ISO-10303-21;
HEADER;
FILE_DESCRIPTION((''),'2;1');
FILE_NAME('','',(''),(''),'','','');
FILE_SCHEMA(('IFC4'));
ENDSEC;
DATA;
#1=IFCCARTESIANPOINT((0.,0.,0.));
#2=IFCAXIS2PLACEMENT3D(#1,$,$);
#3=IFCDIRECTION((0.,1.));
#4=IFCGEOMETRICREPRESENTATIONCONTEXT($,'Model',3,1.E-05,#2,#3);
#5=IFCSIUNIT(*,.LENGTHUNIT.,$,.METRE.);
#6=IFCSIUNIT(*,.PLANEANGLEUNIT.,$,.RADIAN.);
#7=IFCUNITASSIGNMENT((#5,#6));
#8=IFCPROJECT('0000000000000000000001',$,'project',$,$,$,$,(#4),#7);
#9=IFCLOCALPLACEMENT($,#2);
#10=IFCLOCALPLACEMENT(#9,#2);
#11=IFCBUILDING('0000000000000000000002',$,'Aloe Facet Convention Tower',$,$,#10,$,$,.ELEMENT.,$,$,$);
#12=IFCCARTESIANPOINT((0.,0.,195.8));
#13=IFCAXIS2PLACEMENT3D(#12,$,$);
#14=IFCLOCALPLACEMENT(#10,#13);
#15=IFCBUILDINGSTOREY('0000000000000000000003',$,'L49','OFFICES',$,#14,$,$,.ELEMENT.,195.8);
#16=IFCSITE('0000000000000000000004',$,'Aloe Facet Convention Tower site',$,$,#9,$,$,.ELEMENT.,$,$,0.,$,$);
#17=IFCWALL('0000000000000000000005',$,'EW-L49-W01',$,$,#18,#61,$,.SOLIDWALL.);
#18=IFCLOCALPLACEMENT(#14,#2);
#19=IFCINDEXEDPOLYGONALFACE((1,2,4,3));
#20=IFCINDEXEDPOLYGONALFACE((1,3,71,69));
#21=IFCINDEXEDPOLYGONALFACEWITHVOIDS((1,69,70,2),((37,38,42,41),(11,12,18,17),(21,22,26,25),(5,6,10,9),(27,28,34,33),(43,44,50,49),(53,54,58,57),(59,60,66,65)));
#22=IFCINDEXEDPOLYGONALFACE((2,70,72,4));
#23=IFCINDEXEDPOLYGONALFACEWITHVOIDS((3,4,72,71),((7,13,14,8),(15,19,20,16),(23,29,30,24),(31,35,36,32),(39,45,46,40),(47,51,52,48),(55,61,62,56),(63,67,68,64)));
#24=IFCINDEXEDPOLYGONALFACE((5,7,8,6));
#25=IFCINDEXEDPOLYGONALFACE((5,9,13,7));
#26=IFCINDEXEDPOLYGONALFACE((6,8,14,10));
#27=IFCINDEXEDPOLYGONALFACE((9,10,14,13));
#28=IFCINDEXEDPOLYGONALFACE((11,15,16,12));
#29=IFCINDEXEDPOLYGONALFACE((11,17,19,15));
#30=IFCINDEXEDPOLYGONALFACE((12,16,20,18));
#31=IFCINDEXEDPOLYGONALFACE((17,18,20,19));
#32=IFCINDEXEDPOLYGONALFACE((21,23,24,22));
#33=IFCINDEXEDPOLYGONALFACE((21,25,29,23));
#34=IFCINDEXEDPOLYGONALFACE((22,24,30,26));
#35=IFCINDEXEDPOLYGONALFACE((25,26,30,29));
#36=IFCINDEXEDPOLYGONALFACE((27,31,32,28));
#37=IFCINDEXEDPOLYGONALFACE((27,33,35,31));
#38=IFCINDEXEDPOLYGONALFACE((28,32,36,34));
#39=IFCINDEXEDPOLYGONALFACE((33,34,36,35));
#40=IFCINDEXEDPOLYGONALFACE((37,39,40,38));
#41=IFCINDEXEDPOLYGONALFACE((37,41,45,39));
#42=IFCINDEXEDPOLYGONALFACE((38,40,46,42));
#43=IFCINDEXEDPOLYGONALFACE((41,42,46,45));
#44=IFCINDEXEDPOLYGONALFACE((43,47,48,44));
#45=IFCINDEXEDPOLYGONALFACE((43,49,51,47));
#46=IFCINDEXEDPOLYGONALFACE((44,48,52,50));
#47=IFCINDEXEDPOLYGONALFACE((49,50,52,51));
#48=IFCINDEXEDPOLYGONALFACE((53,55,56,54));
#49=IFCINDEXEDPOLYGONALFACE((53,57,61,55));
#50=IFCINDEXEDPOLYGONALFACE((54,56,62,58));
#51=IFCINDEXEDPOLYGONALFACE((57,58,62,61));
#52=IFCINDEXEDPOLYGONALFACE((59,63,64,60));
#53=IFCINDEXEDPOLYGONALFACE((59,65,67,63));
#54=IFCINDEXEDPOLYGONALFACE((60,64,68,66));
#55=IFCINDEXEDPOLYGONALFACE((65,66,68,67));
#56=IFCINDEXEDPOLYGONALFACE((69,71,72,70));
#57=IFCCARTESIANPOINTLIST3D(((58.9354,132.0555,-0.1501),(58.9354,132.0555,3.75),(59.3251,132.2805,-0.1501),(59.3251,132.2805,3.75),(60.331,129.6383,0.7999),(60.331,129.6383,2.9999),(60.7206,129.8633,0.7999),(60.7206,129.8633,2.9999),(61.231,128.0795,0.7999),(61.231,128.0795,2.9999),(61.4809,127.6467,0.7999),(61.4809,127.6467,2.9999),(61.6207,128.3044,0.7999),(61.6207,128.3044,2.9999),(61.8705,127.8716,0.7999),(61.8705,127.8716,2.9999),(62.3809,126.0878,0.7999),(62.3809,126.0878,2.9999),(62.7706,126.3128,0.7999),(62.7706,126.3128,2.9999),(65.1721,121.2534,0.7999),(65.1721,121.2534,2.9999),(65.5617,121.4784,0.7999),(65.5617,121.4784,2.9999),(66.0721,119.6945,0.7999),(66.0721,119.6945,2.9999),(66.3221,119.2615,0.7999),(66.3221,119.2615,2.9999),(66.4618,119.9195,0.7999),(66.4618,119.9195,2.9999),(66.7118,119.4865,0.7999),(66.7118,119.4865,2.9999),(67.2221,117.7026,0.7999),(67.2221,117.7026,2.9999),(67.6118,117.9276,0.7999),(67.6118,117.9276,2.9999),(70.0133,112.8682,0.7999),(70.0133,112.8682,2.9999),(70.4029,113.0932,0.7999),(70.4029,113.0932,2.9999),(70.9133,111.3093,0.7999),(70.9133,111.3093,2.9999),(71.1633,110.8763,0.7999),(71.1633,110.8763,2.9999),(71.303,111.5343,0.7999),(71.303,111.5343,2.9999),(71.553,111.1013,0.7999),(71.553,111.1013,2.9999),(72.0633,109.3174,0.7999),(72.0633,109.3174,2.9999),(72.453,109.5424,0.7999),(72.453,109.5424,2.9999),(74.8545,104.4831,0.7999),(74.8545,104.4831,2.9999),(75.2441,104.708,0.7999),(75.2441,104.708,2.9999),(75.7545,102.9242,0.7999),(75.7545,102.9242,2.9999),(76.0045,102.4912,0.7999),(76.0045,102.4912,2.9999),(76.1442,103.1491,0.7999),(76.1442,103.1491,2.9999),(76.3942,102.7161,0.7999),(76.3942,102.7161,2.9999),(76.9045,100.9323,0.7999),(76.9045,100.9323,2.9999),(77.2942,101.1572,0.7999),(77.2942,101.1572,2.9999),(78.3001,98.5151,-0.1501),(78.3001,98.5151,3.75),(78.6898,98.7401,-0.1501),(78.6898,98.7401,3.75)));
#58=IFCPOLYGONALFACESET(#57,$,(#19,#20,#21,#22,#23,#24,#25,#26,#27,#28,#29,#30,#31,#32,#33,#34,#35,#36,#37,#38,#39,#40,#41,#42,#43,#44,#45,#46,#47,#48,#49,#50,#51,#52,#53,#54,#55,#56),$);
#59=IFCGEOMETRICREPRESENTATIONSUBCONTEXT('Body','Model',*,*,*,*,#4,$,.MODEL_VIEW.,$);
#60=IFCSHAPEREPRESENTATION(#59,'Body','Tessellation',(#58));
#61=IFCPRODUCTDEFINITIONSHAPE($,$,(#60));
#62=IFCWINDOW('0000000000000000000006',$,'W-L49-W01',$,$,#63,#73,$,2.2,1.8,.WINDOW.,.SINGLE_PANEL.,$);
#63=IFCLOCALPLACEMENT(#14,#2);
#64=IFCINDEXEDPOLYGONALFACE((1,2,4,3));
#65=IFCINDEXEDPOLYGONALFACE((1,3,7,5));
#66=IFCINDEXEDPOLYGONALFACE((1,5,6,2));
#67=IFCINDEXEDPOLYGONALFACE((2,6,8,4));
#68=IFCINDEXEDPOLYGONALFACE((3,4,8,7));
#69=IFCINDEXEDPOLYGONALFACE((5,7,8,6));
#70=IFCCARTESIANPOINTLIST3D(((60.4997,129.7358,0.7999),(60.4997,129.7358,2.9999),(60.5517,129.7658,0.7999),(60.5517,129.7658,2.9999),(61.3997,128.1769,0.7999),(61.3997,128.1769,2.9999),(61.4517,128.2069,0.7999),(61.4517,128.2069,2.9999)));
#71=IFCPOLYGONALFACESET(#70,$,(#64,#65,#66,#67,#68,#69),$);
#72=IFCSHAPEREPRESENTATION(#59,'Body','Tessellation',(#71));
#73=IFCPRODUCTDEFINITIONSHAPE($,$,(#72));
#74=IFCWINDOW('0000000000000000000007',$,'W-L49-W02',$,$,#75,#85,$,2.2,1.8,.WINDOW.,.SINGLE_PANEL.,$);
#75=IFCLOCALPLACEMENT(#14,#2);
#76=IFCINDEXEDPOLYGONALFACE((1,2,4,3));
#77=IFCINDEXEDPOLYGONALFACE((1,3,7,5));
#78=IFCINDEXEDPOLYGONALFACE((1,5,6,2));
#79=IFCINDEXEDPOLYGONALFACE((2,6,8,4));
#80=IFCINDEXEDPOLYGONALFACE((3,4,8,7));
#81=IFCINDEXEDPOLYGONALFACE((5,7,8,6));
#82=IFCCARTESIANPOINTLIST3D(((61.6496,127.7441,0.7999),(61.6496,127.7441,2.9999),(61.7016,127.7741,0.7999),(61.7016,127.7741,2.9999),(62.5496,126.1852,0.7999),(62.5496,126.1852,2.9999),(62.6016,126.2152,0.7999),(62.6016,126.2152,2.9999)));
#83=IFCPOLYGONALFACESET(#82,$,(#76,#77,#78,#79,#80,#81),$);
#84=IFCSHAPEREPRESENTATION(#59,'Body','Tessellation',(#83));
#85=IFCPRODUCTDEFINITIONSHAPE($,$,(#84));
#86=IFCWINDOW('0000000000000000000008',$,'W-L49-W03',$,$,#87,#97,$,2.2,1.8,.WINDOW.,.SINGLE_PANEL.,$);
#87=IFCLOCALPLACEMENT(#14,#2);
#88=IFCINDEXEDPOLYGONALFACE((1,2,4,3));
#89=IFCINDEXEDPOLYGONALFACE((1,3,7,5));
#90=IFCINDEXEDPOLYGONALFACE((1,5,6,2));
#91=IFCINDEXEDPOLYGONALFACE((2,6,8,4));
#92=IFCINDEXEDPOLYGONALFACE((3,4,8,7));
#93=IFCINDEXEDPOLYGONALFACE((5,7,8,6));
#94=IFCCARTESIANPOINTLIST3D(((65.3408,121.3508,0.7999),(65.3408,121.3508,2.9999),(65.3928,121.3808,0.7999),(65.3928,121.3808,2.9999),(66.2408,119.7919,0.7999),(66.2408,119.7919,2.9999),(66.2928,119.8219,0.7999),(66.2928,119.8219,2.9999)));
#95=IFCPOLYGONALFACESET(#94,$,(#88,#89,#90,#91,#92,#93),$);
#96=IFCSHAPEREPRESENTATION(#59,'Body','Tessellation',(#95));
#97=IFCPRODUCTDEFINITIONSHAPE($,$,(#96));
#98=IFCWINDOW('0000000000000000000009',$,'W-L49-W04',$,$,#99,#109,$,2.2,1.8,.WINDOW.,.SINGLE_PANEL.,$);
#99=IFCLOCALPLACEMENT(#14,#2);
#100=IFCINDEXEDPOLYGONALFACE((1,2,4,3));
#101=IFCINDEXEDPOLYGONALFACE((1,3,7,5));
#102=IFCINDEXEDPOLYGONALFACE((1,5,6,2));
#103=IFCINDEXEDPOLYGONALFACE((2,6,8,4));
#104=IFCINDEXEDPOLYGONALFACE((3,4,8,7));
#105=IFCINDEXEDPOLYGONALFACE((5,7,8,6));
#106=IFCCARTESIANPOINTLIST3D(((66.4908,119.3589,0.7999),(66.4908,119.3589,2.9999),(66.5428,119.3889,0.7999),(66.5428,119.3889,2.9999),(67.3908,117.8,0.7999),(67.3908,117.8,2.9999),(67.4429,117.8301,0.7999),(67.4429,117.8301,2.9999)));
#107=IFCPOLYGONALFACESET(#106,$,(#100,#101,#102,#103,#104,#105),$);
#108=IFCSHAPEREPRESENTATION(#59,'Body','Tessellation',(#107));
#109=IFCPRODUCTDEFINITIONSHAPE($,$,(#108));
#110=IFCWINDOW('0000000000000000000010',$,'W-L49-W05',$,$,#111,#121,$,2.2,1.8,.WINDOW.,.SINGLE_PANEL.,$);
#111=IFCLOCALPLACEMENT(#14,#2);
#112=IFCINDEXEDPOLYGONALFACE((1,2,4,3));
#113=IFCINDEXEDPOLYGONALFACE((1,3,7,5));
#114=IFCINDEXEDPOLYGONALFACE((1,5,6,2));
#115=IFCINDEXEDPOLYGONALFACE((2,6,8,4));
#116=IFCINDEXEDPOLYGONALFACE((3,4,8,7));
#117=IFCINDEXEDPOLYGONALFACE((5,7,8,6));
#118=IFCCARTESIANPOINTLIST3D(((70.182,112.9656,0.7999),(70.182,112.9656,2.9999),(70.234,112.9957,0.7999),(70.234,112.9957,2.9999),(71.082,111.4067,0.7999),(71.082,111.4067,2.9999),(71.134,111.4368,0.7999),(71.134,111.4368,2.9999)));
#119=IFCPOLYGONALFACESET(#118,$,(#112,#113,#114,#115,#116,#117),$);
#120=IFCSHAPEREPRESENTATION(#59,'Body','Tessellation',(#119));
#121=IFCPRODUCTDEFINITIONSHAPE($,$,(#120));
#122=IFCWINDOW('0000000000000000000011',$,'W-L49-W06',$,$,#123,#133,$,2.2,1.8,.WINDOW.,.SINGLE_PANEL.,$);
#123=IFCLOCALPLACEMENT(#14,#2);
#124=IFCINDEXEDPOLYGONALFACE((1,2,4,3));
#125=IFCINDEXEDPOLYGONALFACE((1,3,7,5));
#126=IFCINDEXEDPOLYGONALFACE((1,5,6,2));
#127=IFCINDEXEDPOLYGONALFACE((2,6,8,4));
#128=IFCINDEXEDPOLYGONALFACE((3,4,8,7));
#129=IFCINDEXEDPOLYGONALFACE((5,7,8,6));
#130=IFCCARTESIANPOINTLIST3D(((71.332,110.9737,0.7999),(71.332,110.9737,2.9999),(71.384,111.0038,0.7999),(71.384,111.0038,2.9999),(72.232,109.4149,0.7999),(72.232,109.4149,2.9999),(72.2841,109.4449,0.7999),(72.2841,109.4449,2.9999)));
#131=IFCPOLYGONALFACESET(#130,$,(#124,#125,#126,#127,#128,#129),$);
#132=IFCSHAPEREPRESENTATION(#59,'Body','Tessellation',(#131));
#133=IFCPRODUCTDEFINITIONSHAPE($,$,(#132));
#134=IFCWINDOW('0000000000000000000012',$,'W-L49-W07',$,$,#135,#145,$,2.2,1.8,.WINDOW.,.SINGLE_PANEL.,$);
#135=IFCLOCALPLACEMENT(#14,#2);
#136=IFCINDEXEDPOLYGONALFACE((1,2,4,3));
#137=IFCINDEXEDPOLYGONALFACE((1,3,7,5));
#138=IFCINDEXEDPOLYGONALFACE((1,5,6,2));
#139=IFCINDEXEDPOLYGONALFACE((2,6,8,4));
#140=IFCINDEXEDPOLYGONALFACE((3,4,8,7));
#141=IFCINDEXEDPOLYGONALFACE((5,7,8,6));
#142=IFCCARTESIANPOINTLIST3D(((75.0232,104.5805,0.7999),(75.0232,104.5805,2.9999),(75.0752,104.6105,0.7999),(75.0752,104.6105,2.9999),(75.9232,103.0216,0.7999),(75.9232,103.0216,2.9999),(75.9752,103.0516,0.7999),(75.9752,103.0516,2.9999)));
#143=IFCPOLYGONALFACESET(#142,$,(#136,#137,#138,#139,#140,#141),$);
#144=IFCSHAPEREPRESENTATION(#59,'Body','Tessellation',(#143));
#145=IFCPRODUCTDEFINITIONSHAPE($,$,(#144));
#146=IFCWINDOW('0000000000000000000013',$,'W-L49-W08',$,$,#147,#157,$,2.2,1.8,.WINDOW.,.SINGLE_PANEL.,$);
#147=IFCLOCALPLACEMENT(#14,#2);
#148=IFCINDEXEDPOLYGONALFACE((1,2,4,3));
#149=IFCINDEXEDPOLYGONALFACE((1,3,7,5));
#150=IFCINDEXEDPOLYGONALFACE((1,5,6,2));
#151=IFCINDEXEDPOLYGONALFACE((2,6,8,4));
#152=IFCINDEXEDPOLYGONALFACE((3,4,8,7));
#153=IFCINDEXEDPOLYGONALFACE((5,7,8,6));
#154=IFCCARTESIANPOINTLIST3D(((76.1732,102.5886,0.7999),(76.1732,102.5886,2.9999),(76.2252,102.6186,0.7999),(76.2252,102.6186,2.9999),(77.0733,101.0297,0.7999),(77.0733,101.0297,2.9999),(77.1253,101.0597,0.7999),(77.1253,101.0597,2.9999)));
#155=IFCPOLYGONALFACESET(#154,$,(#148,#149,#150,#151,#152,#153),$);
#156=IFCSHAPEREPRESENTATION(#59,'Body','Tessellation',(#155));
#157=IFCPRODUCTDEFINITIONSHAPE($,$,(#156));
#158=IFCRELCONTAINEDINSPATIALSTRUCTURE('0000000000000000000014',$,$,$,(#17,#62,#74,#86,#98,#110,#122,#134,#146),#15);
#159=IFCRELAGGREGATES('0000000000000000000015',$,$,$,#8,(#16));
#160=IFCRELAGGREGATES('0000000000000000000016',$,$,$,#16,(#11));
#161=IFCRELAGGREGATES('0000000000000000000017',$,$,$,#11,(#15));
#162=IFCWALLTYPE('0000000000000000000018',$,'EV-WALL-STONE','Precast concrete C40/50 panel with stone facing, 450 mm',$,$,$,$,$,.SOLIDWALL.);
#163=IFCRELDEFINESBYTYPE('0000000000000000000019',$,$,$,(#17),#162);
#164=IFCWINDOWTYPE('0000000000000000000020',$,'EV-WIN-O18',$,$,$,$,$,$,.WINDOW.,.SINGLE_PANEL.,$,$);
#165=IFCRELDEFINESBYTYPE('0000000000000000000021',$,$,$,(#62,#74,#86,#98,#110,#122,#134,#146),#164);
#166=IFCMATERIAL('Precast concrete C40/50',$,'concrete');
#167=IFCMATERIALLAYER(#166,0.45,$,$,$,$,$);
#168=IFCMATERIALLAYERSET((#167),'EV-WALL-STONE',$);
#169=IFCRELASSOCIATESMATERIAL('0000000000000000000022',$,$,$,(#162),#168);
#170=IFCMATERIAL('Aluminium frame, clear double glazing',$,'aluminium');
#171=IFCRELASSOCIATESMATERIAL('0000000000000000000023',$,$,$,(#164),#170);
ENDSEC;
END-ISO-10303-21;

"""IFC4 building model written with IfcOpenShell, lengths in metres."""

from ifc_helpers import new_model, si_unit, direction, frame, frame_2d, origin, place, context, subcontext, project, spatial, polyline, rectangle, outline, extrude, material, layer, layer_set, type_object, element, fill, save


model = new_model("IFC4")

# Units and contexts
model_context = context("Model", 3, precision=1e-05, world=origin(), true_north=direction((0.0, 1.0)))
body_context = subcontext(model_context, "Body", "Model", "MODEL_VIEW")
ifc_project = project(units=[si_unit("LENGTHUNIT", "METRE"), si_unit("PLANEANGLEUNIT", "RADIAN")], contexts=[model_context])

# Site, building, storey
site_placement = place(None, origin())
site = spatial("IfcSite", under=ifc_project, at=site_placement, Name="Aloe Facet Convention Tower site", CompositionType="ELEMENT", RefElevation=0.0)
building_placement = place(site_placement, origin())
building = spatial("IfcBuilding", under=site, at=building_placement, Name="Aloe Facet Convention Tower", CompositionType="ELEMENT")
storey_placement = place(building_placement, frame((0.0, 0.0, 195.8)))
storey = spatial("IfcBuildingStorey", under=building, at=storey_placement, Name="L49", Description="OFFICES", CompositionType="ELEMENT", Elevation=195.8)

# Shared definitions
ifc_material_1 = material(Name="Precast concrete C40/50", Category="concrete")
ifc_layer_1 = layer(ifc_material_1, 0.45)
ifc_layer_set_1 = layer_set([ifc_layer_1], Name="EV-WALL-STONE")
wall_type = type_object("IfcWallType", Name="EV-WALL-STONE", Description="Precast concrete C40/50 panel with stone facing, 450 mm", PredefinedType="SOLIDWALL", material=ifc_layer_set_1)

# Wall, openings, windows
wall_1_placement = place(storey_placement, frame((59.1301, 132.168, -0.1501), z_axis=(0.0, 0.0, 1.0), x_axis=(0.500002, -0.866024, 0.0)))
wall_1 = element("IfcWall", 1, at=wall_1_placement, inside=storey, type_object=wall_type, Name="EW-L49-W01", PredefinedType="SOLIDWALL", context=body_context, shape_type="SweptSolid", body=[
    extrude(outline(polyline([(38.7292, 0.0), (38.7292, 3.9001), (0.0, 3.9001), (0.0, 0.0), (38.7292, 0.0)])), frame((0.0, 0.2251, 0.0), z_axis=(0.0, -1.0, 0.0), x_axis=(1.0, 0.0, 0.0)), (0.0, 0.0, 1.0), 0.45),
])
opening_1_placement = place(wall_1_placement, frame((2.7913, 0.0, 0.95)))
opening_1 = element("IfcOpeningElement", 2, at=opening_1_placement, cuts=wall_1, PredefinedType="OPENING", context=body_context, shape_type="SweptSolid", body=[
    extrude(rectangle(XDim=1.8, YDim=2.2, at=frame_2d((0.8999, 1.1001))), frame((0.0, 0.2349, 0.0), z_axis=(0.0, -1.0, 0.0), x_axis=(1.0, 0.0, 0.0)), (0.0, 0.0, 1.0), 0.47),
])
opening_2_placement = place(wall_1_placement, frame((5.0911, 0.0, 0.95)))
opening_2 = element("IfcOpeningElement", 3, at=opening_2_placement, cuts=wall_1, PredefinedType="OPENING", context=body_context, shape_type="SweptSolid", body=[
    extrude(rectangle(XDim=1.8, YDim=2.2, at=frame_2d((0.8999, 1.1001))), frame((0.0, 0.2349, 0.0), z_axis=(0.0, -1.0, 0.0), x_axis=(1.0, 0.0, 0.0)), (0.0, 0.0, 1.0), 0.47),
])
opening_3_placement = place(wall_1_placement, frame((12.4734, 0.0, 0.95)))
opening_3 = element("IfcOpeningElement", 4, at=opening_3_placement, cuts=wall_1, PredefinedType="OPENING", context=body_context, shape_type="SweptSolid", body=[
    extrude(rectangle(XDim=1.8, YDim=2.2, at=frame_2d((0.8999, 1.1001))), frame((0.0, 0.2349, 0.0), z_axis=(0.0, -1.0, 0.0), x_axis=(1.0, 0.0, 0.0)), (0.0, 0.0, 1.0), 0.47),
])
opening_4_placement = place(wall_1_placement, frame((14.7734, 0.0, 0.95)))
opening_4 = element("IfcOpeningElement", 5, at=opening_4_placement, cuts=wall_1, PredefinedType="OPENING", context=body_context, shape_type="SweptSolid", body=[
    extrude(rectangle(XDim=1.8, YDim=2.2, at=frame_2d((0.8999, 1.1001))), frame((0.0, 0.2349, 0.0), z_axis=(0.0, -1.0, 0.0), x_axis=(1.0, 0.0, 0.0)), (0.0, 0.0, 1.0), 0.47),
])
opening_5_placement = place(wall_1_placement, frame((22.1558, 0.0, 0.95)))
opening_5 = element("IfcOpeningElement", 6, at=opening_5_placement, cuts=wall_1, PredefinedType="OPENING", context=body_context, shape_type="SweptSolid", body=[
    extrude(rectangle(XDim=1.8, YDim=2.2, at=frame_2d((0.8999, 1.1001))), frame((0.0, 0.2349, 0.0), z_axis=(0.0, -1.0, 0.0), x_axis=(1.0, 0.0, 0.0)), (0.0, 0.0, 1.0), 0.47),
])
opening_6_placement = place(wall_1_placement, frame((24.4558, 0.0, 0.95)))
opening_6 = element("IfcOpeningElement", 7, at=opening_6_placement, cuts=wall_1, PredefinedType="OPENING", context=body_context, shape_type="SweptSolid", body=[
    extrude(rectangle(XDim=1.8, YDim=2.2, at=frame_2d((0.8999, 1.1001))), frame((0.0, 0.2349, 0.0), z_axis=(0.0, -1.0, 0.0), x_axis=(1.0, 0.0, 0.0)), (0.0, 0.0, 1.0), 0.47),
])
opening_7_placement = place(wall_1_placement, frame((31.8381, 0.0, 0.95)))
opening_7 = element("IfcOpeningElement", 8, at=opening_7_placement, cuts=wall_1, PredefinedType="OPENING", context=body_context, shape_type="SweptSolid", body=[
    extrude(rectangle(XDim=1.8, YDim=2.2, at=frame_2d((0.8999, 1.1001))), frame((0.0, 0.2349, 0.0), z_axis=(0.0, -1.0, 0.0), x_axis=(1.0, 0.0, 0.0)), (0.0, 0.0, 1.0), 0.47),
])
opening_8_placement = place(wall_1_placement, frame((34.1382, 0.0, 0.95)))
opening_8 = element("IfcOpeningElement", 9, at=opening_8_placement, cuts=wall_1, PredefinedType="OPENING", context=body_context, shape_type="SweptSolid", body=[
    extrude(rectangle(XDim=1.8, YDim=2.2, at=frame_2d((0.8999, 1.1001))), frame((0.0, 0.2349, 0.0), z_axis=(0.0, -1.0, 0.0), x_axis=(1.0, 0.0, 0.0)), (0.0, 0.0, 1.0), 0.47),
])
ifc_material_2 = material(Name="Aluminium frame, clear double glazing", Category="aluminium")
window_type = type_object("IfcWindowType", Name="EV-WIN-O18", PartitioningType="SINGLE_PANEL", PredefinedType="WINDOW", material=ifc_material_2)
window_1_placement = place(opening_1_placement, origin())
window_1 = element("IfcWindow", 10, at=window_1_placement, inside=storey, type_object=window_type, Name="W-L49-W01", OverallHeight=2.2, OverallWidth=1.8, PartitioningType="SINGLE_PANEL", PredefinedType="WINDOW", context=body_context, shape_type="SweptSolid", body=[
    extrude(rectangle(XDim=1.8, YDim=2.2, at=frame_2d((0.8999, 1.1001))), frame((0.0, 0.03, 0.0), z_axis=(0.0, -1.0, 0.0), x_axis=(1.0, 0.0, 0.0)), (0.0, 0.0, 1.0), 0.0601),
])
fill(opening_1, window_1)
window_2_placement = place(opening_2_placement, origin())
window_2 = element("IfcWindow", 11, at=window_2_placement, inside=storey, type_object=window_type, Name="W-L49-W02", OverallHeight=2.2, OverallWidth=1.8, PartitioningType="SINGLE_PANEL", PredefinedType="WINDOW", context=body_context, shape_type="SweptSolid", body=[
    extrude(rectangle(XDim=1.8, YDim=2.2, at=frame_2d((0.8999, 1.1001))), frame((0.0, 0.03, 0.0), z_axis=(0.0, -1.0, 0.0), x_axis=(1.0, 0.0, 0.0)), (0.0, 0.0, 1.0), 0.0601),
])
fill(opening_2, window_2)
window_3_placement = place(opening_3_placement, origin())
window_3 = element("IfcWindow", 12, at=window_3_placement, inside=storey, type_object=window_type, Name="W-L49-W03", OverallHeight=2.2, OverallWidth=1.8, PartitioningType="SINGLE_PANEL", PredefinedType="WINDOW", context=body_context, shape_type="SweptSolid", body=[
    extrude(rectangle(XDim=1.8, YDim=2.2, at=frame_2d((0.8999, 1.1001))), frame((0.0, 0.03, 0.0), z_axis=(0.0, -1.0, 0.0), x_axis=(1.0, 0.0, 0.0)), (0.0, 0.0, 1.0), 0.0601),
])
fill(opening_3, window_3)
window_4_placement = place(opening_4_placement, origin())
window_4 = element("IfcWindow", 13, at=window_4_placement, inside=storey, type_object=window_type, Name="W-L49-W04", OverallHeight=2.2, OverallWidth=1.8, PartitioningType="SINGLE_PANEL", PredefinedType="WINDOW", context=body_context, shape_type="SweptSolid", body=[
    extrude(rectangle(XDim=1.8, YDim=2.2, at=frame_2d((0.8999, 1.1001))), frame((0.0, 0.03, 0.0), z_axis=(0.0, -1.0, 0.0), x_axis=(1.0, 0.0, 0.0)), (0.0, 0.0, 1.0), 0.0601),
])
fill(opening_4, window_4)
window_5_placement = place(opening_5_placement, origin())
window_5 = element("IfcWindow", 14, at=window_5_placement, inside=storey, type_object=window_type, Name="W-L49-W05", OverallHeight=2.2, OverallWidth=1.8, PartitioningType="SINGLE_PANEL", PredefinedType="WINDOW", context=body_context, shape_type="SweptSolid", body=[
    extrude(rectangle(XDim=1.8, YDim=2.2, at=frame_2d((0.8999, 1.1001))), frame((0.0, 0.03, 0.0), z_axis=(0.0, -1.0, 0.0), x_axis=(1.0, 0.0, 0.0)), (0.0, 0.0, 1.0), 0.0601),
])
fill(opening_5, window_5)
window_6_placement = place(opening_6_placement, origin())
window_6 = element("IfcWindow", 15, at=window_6_placement, inside=storey, type_object=window_type, Name="W-L49-W06", OverallHeight=2.2, OverallWidth=1.8, PartitioningType="SINGLE_PANEL", PredefinedType="WINDOW", context=body_context, shape_type="SweptSolid", body=[
    extrude(rectangle(XDim=1.8, YDim=2.2, at=frame_2d((0.8999, 1.1001))), frame((0.0, 0.03, 0.0), z_axis=(0.0, -1.0, 0.0), x_axis=(1.0, 0.0, 0.0)), (0.0, 0.0, 1.0), 0.0601),
])
fill(opening_6, window_6)
window_7_placement = place(opening_7_placement, origin())
window_7 = element("IfcWindow", 16, at=window_7_placement, inside=storey, type_object=window_type, Name="W-L49-W07", OverallHeight=2.2, OverallWidth=1.8, PartitioningType="SINGLE_PANEL", PredefinedType="WINDOW", context=body_context, shape_type="SweptSolid", body=[
    extrude(rectangle(XDim=1.8, YDim=2.2, at=frame_2d((0.8999, 1.1001))), frame((0.0, 0.03, 0.0), z_axis=(0.0, -1.0, 0.0), x_axis=(1.0, 0.0, 0.0)), (0.0, 0.0, 1.0), 0.0601),
])
fill(opening_7, window_7)
window_8_placement = place(opening_8_placement, origin())
window_8 = element("IfcWindow", 17, at=window_8_placement, inside=storey, type_object=window_type, Name="W-L49-W08", OverallHeight=2.2, OverallWidth=1.8, PartitioningType="SINGLE_PANEL", PredefinedType="WINDOW", context=body_context, shape_type="SweptSolid", body=[
    extrude(rectangle(XDim=1.8, YDim=2.2, at=frame_2d((0.8999, 1.1001))), frame((0.0, 0.03, 0.0), z_axis=(0.0, -1.0, 0.0), x_axis=(1.0, 0.0, 0.0)), (0.0, 0.0, 1.0), 0.0601),
])
fill(opening_8, window_8)

save(model, "model.ifc")
